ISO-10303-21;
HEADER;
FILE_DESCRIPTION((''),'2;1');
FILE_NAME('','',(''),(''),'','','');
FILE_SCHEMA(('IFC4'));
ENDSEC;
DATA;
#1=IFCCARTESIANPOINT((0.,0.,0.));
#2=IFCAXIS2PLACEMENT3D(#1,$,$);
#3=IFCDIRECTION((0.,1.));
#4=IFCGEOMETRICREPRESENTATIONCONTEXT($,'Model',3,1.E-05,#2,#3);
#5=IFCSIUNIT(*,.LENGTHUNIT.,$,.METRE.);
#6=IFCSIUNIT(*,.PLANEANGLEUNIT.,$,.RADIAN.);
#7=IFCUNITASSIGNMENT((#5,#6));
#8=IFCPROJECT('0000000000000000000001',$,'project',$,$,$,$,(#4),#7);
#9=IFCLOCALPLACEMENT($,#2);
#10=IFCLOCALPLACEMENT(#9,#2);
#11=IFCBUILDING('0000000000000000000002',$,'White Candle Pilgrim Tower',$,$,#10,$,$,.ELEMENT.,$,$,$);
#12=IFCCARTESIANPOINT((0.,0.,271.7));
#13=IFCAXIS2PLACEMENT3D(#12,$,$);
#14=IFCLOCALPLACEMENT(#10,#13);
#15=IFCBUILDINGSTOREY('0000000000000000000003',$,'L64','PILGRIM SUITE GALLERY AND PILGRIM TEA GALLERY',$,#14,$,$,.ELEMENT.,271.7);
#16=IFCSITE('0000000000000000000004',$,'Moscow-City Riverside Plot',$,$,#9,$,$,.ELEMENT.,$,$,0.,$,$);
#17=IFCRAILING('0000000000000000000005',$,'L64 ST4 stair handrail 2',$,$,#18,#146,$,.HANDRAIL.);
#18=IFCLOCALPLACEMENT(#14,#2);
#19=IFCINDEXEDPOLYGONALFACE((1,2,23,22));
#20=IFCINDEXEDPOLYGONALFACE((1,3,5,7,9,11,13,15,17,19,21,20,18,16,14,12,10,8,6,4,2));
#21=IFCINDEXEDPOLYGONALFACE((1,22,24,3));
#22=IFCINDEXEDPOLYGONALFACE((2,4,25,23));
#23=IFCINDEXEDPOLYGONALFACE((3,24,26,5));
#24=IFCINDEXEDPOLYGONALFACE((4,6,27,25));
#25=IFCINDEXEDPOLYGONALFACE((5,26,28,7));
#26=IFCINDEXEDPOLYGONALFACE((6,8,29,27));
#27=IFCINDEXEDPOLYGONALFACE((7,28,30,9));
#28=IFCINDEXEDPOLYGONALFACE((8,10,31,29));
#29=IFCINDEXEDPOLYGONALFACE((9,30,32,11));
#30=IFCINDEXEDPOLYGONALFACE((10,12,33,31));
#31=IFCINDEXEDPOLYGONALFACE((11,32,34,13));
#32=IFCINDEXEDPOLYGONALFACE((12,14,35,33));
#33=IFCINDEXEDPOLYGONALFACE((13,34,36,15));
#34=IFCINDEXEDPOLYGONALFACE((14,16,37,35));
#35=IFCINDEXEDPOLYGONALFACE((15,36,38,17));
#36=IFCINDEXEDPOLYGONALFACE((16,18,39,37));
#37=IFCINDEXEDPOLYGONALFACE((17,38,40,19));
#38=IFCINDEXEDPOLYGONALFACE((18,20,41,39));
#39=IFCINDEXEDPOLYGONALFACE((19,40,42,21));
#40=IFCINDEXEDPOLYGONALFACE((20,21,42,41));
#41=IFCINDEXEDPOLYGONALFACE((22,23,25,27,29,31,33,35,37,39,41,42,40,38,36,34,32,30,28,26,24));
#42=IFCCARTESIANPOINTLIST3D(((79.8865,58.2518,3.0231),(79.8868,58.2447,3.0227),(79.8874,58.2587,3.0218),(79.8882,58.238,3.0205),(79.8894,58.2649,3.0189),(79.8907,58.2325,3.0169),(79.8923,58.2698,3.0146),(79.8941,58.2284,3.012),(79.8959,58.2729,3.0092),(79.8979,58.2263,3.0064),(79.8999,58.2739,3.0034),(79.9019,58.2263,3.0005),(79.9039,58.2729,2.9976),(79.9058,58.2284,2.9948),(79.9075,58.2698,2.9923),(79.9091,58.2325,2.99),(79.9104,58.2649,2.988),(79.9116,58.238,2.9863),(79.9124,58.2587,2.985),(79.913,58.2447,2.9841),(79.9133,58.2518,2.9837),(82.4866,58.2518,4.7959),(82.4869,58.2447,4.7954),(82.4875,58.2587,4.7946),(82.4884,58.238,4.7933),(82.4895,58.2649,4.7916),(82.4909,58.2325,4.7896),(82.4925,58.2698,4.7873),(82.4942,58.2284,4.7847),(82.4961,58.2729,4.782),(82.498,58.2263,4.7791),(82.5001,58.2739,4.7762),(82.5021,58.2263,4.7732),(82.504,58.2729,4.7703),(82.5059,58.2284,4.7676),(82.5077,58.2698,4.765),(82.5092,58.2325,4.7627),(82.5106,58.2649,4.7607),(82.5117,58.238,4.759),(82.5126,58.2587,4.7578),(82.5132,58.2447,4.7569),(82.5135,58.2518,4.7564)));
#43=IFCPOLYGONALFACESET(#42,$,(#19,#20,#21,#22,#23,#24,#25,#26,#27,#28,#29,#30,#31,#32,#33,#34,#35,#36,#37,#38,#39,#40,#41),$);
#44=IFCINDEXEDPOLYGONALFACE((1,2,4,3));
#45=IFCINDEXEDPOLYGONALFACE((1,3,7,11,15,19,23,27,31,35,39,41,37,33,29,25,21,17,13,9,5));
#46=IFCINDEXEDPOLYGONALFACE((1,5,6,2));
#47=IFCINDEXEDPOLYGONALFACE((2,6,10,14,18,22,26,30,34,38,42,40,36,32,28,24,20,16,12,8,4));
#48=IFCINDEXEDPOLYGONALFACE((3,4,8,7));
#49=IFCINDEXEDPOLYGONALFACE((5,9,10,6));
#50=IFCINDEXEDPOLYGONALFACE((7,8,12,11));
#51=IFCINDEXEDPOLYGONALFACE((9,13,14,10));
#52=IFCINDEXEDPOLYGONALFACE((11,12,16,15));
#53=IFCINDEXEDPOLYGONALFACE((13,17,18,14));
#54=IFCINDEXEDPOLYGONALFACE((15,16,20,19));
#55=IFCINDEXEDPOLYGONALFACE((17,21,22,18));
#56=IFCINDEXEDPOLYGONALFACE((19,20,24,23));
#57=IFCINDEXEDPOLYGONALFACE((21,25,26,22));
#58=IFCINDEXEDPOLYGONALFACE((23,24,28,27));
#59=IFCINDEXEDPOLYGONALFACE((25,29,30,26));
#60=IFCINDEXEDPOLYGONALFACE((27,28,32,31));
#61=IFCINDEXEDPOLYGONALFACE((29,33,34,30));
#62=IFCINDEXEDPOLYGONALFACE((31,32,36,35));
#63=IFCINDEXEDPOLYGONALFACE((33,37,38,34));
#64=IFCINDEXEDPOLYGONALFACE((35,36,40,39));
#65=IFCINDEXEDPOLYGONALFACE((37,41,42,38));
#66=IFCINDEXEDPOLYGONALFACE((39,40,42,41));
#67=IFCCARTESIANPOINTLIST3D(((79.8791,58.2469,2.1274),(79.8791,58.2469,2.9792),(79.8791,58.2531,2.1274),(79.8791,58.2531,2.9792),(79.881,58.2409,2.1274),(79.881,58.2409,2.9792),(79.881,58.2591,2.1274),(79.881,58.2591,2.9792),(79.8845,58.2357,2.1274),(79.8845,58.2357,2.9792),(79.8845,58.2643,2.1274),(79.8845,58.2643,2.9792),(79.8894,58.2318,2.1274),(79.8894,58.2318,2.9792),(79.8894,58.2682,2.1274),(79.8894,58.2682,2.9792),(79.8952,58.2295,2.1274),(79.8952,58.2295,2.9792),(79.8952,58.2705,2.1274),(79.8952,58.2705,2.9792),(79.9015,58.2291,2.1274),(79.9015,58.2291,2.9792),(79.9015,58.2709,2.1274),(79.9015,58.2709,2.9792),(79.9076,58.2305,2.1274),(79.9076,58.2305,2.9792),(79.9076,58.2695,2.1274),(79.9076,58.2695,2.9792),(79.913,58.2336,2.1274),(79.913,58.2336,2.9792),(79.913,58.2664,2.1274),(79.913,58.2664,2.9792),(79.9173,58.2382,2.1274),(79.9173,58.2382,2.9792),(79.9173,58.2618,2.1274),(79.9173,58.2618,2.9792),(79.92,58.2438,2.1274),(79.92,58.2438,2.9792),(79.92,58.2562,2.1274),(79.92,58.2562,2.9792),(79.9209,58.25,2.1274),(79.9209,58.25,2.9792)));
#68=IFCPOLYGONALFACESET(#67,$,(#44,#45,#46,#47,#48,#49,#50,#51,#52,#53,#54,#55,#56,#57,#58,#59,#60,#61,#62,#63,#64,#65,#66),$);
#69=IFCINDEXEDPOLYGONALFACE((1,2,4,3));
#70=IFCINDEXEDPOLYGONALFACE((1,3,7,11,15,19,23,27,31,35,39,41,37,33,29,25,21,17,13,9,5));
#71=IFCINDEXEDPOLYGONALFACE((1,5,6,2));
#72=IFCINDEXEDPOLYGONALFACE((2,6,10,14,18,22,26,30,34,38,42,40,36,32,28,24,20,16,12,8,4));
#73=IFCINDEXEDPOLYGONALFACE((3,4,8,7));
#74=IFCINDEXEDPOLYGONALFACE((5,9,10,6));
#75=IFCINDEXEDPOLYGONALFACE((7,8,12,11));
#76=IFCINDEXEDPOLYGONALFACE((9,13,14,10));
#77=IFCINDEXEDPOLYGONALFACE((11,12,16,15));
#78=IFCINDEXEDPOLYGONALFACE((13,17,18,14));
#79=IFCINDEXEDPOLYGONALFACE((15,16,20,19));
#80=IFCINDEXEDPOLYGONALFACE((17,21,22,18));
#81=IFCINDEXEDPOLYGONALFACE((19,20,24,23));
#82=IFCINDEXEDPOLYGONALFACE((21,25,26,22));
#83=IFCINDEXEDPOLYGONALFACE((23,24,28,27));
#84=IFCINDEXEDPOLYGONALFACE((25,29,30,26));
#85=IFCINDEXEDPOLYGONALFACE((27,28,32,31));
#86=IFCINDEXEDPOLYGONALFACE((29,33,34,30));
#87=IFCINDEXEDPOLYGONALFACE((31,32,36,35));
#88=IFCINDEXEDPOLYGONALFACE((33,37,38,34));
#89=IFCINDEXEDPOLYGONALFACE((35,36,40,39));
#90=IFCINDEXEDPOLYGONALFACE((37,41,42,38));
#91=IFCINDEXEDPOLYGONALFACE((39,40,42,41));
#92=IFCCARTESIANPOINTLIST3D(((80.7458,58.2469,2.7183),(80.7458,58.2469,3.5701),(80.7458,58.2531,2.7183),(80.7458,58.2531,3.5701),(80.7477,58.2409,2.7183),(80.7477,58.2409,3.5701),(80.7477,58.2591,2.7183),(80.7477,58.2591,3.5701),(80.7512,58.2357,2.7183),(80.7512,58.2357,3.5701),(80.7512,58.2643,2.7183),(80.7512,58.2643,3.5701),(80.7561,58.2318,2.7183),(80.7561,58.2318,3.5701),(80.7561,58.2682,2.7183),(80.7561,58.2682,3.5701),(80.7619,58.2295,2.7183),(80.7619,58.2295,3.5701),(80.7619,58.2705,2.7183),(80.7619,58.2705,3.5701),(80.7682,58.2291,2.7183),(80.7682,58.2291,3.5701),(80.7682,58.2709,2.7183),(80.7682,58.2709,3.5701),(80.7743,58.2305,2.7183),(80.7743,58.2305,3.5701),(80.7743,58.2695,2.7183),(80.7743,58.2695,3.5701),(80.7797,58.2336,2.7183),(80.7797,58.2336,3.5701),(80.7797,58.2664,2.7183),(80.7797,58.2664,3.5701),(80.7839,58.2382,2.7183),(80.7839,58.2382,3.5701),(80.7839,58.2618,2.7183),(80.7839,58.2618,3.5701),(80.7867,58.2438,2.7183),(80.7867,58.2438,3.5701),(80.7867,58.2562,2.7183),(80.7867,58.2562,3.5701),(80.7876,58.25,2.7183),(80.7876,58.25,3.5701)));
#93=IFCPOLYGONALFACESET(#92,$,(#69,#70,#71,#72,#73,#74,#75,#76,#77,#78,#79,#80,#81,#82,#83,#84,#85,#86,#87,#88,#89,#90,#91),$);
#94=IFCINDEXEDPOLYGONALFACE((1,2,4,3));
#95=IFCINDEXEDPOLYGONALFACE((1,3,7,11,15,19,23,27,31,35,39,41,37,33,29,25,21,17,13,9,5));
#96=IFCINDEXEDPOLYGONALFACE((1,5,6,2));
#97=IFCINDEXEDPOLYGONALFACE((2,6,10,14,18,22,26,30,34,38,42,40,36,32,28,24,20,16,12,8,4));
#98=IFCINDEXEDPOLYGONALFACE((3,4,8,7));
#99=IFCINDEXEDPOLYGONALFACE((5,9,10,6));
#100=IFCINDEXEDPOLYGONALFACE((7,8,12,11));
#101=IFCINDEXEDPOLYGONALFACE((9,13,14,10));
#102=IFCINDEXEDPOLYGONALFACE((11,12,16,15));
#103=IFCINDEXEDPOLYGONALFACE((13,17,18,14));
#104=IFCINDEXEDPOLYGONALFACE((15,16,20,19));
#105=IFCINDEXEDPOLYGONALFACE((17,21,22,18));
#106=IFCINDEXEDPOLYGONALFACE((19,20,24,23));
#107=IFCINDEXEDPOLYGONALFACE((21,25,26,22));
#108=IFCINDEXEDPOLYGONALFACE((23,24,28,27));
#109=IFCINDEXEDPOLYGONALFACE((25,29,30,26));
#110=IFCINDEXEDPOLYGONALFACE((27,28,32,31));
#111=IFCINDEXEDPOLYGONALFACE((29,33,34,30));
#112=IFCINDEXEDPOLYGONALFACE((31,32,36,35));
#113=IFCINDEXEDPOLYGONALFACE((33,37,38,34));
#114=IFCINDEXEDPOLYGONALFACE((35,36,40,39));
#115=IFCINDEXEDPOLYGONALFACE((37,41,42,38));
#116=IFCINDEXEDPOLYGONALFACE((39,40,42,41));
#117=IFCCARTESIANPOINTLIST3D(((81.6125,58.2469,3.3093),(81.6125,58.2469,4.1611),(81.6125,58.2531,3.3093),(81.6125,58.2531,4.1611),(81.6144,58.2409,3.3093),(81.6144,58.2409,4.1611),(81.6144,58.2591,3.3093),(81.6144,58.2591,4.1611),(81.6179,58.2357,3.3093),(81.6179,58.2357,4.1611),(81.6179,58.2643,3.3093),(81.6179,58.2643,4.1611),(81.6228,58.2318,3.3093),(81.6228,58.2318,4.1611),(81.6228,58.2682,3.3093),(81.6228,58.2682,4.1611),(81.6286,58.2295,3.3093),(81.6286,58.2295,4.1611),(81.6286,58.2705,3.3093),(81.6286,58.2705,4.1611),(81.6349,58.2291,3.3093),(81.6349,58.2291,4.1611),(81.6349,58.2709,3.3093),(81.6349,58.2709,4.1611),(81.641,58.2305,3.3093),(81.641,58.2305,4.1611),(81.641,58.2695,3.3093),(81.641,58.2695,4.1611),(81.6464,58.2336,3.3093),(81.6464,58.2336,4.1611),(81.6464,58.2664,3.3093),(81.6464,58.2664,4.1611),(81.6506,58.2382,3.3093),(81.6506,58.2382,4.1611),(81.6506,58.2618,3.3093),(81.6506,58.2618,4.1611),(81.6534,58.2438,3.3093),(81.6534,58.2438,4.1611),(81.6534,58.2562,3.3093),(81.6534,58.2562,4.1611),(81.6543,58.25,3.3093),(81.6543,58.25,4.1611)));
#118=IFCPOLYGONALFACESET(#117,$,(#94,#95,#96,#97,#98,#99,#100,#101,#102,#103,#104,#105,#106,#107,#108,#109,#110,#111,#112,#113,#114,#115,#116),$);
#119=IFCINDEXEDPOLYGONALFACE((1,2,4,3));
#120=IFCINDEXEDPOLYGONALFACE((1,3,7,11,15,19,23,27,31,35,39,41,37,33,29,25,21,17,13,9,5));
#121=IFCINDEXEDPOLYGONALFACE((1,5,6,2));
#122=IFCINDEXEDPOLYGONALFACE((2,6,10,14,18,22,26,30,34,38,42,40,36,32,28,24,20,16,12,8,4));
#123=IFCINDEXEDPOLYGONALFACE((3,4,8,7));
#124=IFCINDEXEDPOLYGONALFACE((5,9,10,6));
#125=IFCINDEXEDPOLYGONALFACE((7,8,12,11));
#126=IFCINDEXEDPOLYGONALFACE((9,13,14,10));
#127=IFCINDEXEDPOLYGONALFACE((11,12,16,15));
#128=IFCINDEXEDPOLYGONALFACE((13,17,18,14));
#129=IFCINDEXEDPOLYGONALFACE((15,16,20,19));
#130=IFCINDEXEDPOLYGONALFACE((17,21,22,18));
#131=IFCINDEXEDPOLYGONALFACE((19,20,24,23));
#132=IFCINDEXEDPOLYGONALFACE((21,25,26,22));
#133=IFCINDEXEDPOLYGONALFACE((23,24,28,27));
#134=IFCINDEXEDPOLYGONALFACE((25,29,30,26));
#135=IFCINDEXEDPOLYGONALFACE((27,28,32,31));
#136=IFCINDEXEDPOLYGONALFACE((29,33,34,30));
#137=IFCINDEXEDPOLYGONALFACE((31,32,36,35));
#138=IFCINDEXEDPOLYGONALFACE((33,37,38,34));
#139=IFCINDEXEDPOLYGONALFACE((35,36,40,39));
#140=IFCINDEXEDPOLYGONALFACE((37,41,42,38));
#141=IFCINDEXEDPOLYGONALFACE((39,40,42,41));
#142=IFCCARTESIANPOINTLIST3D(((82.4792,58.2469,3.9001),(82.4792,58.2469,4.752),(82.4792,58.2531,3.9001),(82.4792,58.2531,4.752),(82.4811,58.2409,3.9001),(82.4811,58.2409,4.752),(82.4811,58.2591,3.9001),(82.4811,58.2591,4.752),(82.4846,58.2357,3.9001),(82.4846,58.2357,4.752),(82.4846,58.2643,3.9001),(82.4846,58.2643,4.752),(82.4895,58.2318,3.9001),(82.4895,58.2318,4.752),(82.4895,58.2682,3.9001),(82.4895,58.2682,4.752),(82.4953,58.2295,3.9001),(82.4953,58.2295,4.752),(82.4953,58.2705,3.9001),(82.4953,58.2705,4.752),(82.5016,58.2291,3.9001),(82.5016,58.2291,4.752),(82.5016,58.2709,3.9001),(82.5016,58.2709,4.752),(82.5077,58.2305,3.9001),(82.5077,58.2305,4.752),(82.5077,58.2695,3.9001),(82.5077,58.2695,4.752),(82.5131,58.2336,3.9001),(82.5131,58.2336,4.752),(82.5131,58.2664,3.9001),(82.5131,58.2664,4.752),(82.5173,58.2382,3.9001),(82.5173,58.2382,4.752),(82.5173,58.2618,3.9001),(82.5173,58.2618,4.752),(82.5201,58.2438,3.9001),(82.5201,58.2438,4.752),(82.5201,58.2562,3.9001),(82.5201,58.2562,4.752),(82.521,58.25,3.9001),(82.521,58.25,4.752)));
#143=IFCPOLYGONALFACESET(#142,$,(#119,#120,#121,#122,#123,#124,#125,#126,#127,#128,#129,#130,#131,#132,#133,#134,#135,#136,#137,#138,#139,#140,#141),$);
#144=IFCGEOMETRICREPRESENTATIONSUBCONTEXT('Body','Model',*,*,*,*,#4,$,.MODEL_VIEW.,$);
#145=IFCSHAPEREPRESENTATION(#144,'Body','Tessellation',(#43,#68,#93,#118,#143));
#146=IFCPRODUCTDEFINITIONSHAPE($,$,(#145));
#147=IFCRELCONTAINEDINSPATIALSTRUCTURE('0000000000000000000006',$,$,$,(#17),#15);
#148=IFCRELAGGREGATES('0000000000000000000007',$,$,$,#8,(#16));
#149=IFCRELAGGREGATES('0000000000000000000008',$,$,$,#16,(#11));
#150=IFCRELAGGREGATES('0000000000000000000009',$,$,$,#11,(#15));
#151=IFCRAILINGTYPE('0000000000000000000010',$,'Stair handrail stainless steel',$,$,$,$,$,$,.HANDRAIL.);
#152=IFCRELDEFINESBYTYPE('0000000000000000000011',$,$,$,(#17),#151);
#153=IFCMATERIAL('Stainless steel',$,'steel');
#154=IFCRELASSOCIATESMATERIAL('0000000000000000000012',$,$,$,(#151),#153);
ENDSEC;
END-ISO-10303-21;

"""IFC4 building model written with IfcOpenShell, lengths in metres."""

from ifc_helpers import new_model, si_unit, direction, frame, origin, origin_2d, place, context, subcontext, project, spatial, circle, extrude, material, type_object, element, save


model = new_model("IFC4")

# Units and contexts
model_context = context("Model", 3, precision=1e-05, world=origin(), true_north=direction((0.0, 1.0)))
body_context = subcontext(model_context, "Body", "Model", "MODEL_VIEW")
ifc_project = project(units=[si_unit("LENGTHUNIT", "METRE"), si_unit("PLANEANGLEUNIT", "RADIAN")], contexts=[model_context])

# Site, building, storey
site_placement = place(None, origin())
site = spatial("IfcSite", under=ifc_project, at=site_placement, Name="Moscow-City Riverside Plot", CompositionType="ELEMENT", RefElevation=0.0)
building_placement = place(site_placement, origin())
building = spatial("IfcBuilding", under=site, at=building_placement, Name="White Candle Pilgrim Tower", CompositionType="ELEMENT")
storey_placement = place(building_placement, frame((0.0, 0.0, 271.7)))
storey = spatial("IfcBuildingStorey", under=building, at=storey_placement, Name="L64", Description="PILGRIM SUITE GALLERY AND PILGRIM TEA GALLERY", CompositionType="ELEMENT", Elevation=271.7)

# Railing
ifc_material_1 = material(Name="Stainless steel", Category="steel")
railing_type_1 = type_object("IfcRailingType", Name="Stair handrail stainless steel", PredefinedType="HANDRAIL", material=ifc_material_1)
railing_1_placement = place(storey_placement, frame((79.8999, 58.25, 2.1274)))
element("IfcRailing", 1, at=railing_1_placement, inside=storey, type_object=railing_type_1, Name="L64 ST4 stair handrail 2", PredefinedType="HANDRAIL", context=body_context, shape_type="SweptSolid", body=[
    extrude(circle(Radius=0.0239, at=origin_2d()), frame((0.0, 0.0, 0.876), z_axis=(0.82624, 0.0, 0.563318), x_axis=(0.0, 1.0, 0.0)), (0.0, 0.0, 1.0), 3.147),
    extrude(circle(Radius=0.021, at=origin_2d()), origin(), (0.0, 0.0, 1.0), 0.8518),
    extrude(circle(Radius=0.021, at=origin_2d()), frame((0.8667, 0.0, 0.5908)), (0.0, 0.0, 1.0), 0.8518),
    extrude(circle(Radius=0.021, at=origin_2d()), frame((1.7334, 0.0, 1.1819)), (0.0, 0.0, 1.0), 0.8518),
    extrude(circle(Radius=0.021, at=origin_2d()), frame((2.6001, 0.0, 1.7727)), (0.0, 0.0, 1.0), 0.8518),
])

save(model, "model.ifc")
